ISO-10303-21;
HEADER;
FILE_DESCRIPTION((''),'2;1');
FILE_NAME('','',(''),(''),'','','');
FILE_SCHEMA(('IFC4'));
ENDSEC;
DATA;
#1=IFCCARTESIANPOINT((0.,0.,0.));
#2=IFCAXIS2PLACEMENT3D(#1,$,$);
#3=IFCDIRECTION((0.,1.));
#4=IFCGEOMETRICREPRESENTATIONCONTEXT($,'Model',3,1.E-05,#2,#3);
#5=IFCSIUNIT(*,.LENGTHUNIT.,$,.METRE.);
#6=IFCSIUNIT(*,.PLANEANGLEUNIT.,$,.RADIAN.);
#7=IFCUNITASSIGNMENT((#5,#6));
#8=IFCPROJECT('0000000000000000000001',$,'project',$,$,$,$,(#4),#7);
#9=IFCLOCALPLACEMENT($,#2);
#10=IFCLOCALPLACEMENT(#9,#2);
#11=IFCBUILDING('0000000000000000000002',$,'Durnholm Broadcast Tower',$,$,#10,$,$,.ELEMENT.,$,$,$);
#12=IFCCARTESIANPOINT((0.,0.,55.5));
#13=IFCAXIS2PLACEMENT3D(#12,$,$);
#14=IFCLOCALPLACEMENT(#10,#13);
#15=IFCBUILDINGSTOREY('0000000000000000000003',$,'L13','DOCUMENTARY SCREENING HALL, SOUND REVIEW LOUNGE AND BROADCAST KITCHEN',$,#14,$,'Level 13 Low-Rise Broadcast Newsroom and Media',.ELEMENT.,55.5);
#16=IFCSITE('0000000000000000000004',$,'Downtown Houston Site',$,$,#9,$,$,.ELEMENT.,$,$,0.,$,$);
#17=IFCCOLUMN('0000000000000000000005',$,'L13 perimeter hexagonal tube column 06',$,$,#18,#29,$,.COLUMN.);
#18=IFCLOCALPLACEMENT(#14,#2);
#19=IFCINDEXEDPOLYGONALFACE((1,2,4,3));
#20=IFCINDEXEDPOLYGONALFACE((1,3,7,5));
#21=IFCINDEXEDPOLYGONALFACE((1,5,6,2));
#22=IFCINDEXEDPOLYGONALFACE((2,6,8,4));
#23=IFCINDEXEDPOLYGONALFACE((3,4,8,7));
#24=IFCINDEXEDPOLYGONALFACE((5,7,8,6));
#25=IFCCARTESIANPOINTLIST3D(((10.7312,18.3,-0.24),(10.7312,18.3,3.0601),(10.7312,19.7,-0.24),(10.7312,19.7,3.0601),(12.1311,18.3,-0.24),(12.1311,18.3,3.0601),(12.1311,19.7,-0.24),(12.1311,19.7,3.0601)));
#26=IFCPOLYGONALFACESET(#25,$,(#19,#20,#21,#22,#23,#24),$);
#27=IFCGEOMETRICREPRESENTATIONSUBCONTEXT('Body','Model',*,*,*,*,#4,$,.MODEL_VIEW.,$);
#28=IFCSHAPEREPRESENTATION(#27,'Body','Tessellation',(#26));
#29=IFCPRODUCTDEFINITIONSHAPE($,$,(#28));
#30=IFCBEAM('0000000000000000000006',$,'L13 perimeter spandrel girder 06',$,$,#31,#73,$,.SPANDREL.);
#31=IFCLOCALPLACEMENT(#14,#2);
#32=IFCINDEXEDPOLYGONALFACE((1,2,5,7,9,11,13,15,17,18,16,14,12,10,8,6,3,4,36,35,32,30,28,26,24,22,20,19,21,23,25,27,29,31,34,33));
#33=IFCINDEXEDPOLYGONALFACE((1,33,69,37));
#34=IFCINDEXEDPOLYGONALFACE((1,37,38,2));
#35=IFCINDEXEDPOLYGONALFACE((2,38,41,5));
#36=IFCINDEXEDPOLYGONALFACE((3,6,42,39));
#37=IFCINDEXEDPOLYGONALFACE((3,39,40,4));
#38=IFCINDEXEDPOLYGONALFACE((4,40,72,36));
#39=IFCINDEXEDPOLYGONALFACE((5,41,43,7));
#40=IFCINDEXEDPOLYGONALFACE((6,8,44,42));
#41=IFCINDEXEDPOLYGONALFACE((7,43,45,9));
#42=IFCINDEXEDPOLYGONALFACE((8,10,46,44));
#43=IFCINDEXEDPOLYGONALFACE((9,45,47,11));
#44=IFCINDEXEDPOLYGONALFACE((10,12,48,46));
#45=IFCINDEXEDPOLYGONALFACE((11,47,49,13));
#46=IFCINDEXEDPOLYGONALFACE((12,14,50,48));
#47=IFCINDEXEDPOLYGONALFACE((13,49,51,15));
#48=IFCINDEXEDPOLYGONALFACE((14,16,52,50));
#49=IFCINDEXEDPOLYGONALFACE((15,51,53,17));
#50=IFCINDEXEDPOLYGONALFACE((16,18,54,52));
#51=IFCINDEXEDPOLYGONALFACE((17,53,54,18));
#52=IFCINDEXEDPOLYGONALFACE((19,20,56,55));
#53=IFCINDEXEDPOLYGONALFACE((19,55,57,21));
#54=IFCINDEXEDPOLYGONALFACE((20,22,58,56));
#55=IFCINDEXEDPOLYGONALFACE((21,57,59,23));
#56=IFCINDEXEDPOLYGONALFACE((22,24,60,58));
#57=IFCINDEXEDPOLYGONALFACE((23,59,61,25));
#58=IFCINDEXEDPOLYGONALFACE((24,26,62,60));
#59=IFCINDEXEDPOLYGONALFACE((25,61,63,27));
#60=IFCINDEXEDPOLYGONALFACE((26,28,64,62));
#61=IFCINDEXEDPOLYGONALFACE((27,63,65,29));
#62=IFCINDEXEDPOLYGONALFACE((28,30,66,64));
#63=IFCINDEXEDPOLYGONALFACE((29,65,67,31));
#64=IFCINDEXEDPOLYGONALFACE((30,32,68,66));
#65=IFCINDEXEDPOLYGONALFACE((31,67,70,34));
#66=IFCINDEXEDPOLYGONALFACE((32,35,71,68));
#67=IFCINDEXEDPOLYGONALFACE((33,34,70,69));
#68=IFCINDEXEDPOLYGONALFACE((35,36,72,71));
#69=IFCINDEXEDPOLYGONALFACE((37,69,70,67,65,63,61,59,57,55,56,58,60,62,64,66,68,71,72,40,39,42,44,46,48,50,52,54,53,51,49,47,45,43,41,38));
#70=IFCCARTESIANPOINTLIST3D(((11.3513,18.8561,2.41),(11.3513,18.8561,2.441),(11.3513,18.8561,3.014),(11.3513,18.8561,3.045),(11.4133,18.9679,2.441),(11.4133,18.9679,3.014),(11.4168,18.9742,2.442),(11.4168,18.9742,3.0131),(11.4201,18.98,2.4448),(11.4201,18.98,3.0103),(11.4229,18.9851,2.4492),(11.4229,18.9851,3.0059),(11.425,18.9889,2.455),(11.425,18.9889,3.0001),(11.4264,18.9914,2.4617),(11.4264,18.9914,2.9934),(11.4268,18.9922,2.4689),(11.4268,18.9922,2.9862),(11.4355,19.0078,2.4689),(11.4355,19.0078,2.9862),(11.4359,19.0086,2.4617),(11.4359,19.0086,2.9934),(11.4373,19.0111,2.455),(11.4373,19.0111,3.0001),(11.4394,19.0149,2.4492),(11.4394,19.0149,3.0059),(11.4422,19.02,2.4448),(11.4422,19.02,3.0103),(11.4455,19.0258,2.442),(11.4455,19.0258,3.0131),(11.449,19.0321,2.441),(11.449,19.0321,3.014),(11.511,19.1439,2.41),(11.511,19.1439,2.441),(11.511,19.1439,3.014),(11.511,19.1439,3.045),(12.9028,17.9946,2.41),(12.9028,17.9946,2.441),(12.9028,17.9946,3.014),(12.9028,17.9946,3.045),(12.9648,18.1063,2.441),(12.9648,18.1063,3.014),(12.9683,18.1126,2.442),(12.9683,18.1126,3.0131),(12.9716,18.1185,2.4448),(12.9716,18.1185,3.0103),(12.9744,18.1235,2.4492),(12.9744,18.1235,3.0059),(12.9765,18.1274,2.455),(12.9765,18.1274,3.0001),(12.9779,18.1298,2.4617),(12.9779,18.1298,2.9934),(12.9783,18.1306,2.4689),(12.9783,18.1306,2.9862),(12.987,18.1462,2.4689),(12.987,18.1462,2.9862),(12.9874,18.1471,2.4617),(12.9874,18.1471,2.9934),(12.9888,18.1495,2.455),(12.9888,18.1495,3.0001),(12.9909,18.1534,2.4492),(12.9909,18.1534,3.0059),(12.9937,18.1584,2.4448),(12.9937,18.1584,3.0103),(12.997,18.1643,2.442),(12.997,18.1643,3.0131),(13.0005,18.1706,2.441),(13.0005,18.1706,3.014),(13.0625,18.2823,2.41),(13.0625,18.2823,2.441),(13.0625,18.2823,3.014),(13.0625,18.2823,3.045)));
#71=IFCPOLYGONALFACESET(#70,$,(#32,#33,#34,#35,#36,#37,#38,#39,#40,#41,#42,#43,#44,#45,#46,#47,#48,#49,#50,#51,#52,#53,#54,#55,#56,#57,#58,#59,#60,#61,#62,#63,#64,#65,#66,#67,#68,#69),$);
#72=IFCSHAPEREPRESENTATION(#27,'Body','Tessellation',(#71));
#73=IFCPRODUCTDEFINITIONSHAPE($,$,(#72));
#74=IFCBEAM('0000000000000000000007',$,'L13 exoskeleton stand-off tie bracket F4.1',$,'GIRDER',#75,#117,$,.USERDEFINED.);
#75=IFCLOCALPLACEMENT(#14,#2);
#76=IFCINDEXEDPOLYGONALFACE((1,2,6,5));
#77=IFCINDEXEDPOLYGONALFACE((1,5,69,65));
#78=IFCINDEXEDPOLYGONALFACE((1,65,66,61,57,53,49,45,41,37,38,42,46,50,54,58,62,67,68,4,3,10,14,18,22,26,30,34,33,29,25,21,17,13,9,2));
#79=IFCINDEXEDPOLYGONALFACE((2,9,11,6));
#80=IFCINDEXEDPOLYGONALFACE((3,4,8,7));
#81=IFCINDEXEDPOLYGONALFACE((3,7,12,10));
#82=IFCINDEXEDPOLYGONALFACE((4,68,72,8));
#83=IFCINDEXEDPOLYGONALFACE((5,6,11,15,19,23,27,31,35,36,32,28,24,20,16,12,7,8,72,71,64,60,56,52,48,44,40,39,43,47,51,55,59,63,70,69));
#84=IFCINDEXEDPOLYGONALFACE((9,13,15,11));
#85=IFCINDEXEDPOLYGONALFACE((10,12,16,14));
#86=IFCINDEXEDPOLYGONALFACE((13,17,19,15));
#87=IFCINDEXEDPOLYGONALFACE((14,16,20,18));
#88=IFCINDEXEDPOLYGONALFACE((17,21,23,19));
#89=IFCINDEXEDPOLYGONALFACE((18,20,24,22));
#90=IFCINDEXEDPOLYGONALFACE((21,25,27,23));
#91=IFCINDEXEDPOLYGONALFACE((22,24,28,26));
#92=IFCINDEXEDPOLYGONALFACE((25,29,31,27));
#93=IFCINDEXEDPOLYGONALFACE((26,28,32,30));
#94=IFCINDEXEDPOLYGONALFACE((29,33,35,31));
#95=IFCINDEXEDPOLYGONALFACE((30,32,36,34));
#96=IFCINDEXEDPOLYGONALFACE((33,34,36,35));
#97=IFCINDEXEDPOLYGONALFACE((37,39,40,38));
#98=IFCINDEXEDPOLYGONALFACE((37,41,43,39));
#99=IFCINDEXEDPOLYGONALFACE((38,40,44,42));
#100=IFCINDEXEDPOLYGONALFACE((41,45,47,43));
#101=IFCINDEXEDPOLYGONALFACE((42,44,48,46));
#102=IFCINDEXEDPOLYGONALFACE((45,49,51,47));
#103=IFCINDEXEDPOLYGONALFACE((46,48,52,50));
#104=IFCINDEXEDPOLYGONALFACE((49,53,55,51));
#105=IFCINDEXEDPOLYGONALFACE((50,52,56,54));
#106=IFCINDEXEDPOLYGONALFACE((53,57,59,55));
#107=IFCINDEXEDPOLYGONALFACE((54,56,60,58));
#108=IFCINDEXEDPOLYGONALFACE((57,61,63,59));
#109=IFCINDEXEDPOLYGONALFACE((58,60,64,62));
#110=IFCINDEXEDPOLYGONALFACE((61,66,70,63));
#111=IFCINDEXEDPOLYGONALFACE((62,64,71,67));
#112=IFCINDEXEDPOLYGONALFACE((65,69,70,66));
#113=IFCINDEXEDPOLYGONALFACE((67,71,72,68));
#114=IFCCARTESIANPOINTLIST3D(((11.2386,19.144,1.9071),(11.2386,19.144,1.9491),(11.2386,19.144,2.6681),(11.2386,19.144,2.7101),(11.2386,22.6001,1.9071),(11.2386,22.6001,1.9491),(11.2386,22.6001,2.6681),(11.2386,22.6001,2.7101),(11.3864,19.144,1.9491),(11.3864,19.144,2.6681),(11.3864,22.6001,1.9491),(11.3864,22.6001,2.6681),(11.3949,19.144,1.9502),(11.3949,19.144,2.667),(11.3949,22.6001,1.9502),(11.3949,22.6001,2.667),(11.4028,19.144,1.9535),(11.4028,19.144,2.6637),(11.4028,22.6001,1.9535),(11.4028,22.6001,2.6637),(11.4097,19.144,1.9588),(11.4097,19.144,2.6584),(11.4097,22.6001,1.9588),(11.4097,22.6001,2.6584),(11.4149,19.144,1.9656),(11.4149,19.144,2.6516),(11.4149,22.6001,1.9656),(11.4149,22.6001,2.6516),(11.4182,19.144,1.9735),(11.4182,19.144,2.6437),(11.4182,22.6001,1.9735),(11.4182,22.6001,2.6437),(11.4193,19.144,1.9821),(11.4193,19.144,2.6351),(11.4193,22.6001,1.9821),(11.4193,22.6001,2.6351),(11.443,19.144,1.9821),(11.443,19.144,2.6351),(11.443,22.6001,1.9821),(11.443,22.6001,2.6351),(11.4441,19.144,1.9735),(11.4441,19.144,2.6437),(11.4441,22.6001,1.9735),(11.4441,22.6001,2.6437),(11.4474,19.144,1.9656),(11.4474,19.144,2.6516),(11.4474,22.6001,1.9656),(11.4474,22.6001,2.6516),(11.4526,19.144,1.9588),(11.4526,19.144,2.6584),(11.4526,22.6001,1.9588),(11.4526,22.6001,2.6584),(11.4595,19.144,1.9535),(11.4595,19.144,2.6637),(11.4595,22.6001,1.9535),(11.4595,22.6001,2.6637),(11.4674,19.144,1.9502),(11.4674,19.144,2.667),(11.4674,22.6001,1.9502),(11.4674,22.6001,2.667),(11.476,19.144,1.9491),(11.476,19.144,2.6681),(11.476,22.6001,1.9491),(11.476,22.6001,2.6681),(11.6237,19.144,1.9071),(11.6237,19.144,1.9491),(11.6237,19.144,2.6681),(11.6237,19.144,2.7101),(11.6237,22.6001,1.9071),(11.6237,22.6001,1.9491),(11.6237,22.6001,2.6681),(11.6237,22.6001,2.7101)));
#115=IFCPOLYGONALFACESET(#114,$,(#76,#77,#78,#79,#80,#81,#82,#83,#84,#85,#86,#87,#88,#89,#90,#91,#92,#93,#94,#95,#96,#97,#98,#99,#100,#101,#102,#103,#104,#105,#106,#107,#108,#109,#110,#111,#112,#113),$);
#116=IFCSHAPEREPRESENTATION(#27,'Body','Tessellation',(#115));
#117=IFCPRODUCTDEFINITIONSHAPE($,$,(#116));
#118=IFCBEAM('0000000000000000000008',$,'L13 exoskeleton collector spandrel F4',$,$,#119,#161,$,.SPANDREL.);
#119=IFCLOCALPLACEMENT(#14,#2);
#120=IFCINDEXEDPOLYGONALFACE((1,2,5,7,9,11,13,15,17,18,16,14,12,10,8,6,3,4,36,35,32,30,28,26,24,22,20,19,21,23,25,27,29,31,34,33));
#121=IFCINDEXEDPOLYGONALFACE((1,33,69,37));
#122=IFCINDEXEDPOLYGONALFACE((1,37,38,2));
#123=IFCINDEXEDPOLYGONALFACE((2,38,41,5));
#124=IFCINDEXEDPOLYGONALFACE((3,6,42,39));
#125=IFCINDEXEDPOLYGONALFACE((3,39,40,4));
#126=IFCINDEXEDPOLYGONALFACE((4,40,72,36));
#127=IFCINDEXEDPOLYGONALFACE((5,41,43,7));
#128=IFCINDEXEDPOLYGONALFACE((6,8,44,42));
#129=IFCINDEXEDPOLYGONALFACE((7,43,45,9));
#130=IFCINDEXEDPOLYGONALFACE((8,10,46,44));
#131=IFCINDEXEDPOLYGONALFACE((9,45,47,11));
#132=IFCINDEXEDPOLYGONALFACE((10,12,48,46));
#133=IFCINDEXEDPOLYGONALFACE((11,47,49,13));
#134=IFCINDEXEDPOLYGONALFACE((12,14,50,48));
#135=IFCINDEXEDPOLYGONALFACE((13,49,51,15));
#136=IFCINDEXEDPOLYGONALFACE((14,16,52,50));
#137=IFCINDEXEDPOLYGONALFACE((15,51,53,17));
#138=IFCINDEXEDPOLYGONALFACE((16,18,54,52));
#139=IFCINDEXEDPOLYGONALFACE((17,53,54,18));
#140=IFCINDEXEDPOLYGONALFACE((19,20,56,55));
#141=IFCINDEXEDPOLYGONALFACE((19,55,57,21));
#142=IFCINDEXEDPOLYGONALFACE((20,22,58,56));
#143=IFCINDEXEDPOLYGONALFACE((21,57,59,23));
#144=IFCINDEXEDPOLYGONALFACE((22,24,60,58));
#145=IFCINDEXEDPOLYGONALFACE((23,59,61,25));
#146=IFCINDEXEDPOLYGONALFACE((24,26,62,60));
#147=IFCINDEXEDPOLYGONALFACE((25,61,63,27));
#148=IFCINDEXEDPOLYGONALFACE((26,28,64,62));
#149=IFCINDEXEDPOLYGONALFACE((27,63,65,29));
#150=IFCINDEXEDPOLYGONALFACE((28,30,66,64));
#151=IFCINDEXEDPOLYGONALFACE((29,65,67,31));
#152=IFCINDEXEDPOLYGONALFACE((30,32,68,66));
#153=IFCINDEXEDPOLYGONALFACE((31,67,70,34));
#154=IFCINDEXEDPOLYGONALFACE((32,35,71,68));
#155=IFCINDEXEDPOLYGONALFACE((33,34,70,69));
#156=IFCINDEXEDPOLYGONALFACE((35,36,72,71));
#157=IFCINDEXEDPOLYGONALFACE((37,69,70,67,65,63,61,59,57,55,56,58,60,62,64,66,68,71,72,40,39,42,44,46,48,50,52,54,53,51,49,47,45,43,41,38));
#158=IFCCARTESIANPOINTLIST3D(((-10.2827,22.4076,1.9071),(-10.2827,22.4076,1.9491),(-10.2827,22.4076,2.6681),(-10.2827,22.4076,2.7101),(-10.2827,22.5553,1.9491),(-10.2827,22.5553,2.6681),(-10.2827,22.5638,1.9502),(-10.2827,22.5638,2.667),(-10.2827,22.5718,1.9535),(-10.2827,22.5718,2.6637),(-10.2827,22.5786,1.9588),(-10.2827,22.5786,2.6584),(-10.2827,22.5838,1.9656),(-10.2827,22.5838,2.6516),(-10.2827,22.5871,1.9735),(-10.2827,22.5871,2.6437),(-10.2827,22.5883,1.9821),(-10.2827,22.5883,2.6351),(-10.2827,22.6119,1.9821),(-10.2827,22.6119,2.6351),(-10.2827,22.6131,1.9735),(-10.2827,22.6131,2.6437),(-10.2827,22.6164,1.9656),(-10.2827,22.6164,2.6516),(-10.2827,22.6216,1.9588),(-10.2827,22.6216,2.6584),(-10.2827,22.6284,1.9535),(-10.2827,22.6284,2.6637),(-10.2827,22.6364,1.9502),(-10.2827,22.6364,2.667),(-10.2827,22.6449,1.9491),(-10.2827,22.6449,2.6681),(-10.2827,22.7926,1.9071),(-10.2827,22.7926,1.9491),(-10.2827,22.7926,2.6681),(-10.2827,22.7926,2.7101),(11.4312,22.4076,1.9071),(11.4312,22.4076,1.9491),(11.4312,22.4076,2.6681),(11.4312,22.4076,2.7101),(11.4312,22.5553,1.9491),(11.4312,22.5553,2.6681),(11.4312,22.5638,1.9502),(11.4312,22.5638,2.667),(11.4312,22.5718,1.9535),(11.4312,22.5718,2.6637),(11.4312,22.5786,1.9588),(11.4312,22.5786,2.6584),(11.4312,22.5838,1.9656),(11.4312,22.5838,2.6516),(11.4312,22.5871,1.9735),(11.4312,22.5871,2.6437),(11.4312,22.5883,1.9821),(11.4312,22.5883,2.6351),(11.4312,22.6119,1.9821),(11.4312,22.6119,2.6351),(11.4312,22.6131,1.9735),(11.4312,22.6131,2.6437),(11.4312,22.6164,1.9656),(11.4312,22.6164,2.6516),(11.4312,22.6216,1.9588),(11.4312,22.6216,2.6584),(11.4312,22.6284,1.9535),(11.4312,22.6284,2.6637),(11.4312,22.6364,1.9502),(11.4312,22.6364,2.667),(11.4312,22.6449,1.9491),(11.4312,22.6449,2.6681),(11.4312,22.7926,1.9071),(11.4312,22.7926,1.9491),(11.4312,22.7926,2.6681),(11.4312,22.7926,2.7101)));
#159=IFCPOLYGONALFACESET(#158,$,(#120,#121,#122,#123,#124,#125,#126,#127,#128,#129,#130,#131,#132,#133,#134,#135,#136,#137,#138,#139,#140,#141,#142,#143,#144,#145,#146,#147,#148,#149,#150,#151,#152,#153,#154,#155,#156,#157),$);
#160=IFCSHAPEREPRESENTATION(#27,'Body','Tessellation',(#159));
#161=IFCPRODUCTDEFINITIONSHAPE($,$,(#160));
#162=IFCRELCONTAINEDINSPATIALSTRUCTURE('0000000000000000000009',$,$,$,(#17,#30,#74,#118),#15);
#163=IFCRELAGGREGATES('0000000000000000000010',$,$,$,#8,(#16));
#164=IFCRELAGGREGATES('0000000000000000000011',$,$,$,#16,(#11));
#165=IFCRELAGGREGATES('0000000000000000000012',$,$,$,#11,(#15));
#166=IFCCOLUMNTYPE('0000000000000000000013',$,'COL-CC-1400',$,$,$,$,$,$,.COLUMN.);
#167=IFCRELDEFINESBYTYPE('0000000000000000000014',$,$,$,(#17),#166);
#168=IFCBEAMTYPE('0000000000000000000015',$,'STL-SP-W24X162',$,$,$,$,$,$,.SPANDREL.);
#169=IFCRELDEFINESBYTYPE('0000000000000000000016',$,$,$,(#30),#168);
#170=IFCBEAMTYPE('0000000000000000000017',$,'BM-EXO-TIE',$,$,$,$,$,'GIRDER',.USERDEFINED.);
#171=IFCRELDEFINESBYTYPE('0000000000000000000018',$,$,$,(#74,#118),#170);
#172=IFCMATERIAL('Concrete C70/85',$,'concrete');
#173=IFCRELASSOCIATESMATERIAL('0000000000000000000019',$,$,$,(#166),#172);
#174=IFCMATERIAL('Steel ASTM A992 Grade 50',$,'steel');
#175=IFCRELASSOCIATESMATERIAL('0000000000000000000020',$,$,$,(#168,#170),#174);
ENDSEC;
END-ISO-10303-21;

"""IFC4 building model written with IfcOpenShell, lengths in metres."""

from ifc_helpers import new_model, si_unit, direction, frame, origin, origin_2d, place, context, subcontext, project, spatial, rectangle, i_section, extrude, source, transform, mapped, material, material_profile, profile_set, type_object, type_shapes, element, save


model = new_model("IFC4")

# Units and contexts
model_context = context("Model", 3, precision=1e-05, world=origin(), true_north=direction((0.0, 1.0)))
body_context = subcontext(model_context, "Body", "Model", "MODEL_VIEW")
ifc_project = project(units=[si_unit("LENGTHUNIT", "METRE"), si_unit("PLANEANGLEUNIT", "RADIAN")], contexts=[model_context])

# Site, building, storey
site_placement = place(None, origin())
site = spatial("IfcSite", under=ifc_project, at=site_placement, Name="Downtown Houston Site", CompositionType="ELEMENT", RefElevation=0.0)
building_placement = place(site_placement, origin())
building = spatial("IfcBuilding", under=site, at=building_placement, Name="Durnholm Broadcast Tower", CompositionType="ELEMENT")
storey_placement = place(building_placement, frame((0.0, 0.0, 55.5)))
storey = spatial("IfcBuildingStorey", under=building, at=storey_placement, Name="L13", Description="DOCUMENTARY SCREENING HALL, SOUND REVIEW LOUNGE AND BROADCAST KITCHEN", LongName="Level 13 Low-Rise Broadcast Newsroom and Media", CompositionType="ELEMENT", Elevation=55.5)

# Column
ifc_material_1 = material(Name="Concrete C70/85", Category="concrete")
ifc_material_profile_1 = material_profile(ifc_material_1, rectangle(XDim=1.3999, YDim=1.3999, at=origin_2d()), Name="RC1400X1400")
ifc_profile_set_1 = profile_set([ifc_material_profile_1], Name="Concrete C70/85")
column_type = type_object("IfcColumnType", Name="COL-CC-1400", PredefinedType="COLUMN", material=ifc_profile_set_1)
shared_shape_1 = source(origin(), body_context, "Body", "SweptSolid", [
    extrude(rectangle(XDim=1.3999, YDim=1.3999, at=origin_2d()), origin(), (0.0, 0.0, 1.0), 3.3),
])
type_shapes(column_type, [shared_shape_1])
column_placement = place(storey_placement, frame((11.4312, 19.0, -0.24), z_axis=(0.0, 0.0, 1.0), x_axis=(1.0, 0.0, 0.0)))
element("IfcColumn", 1, at=column_placement, inside=storey, type_object=column_type, Name="L13 perimeter hexagonal tube column 06", PredefinedType="COLUMN", context=body_context, shape_type="MappedRepresentation", body=[
    mapped(shared_shape_1, transform((0.0, 0.0, 0.0), x_axis=(1.0, 0.0, 0.0), y_axis=(0.0, 1.0, 0.0), z_axis=(0.0, 0.0, 1.0), scale=1.0)),
])

# Beams
ifc_material_2 = material(Name="Steel ASTM A992 Grade 50", Category="steel")
ifc_material_profile_2 = material_profile(ifc_material_2, i_section(OverallWidth=0.3291, OverallDepth=0.635, WebThickness=0.0178, FlangeThickness=0.031, FilletRadius=0.0278, at=origin_2d()), Name="W24X162")
ifc_profile_set_2 = profile_set([ifc_material_profile_2], Name="Steel ASTM A992 Grade 50")
beam_type_1 = type_object("IfcBeamType", Name="STL-SP-W24X162", PredefinedType="SPANDREL", material=ifc_profile_set_2)
shared_shape_2 = source(origin(), body_context, "Body", "SweptSolid", [
    extrude(i_section(OverallWidth=0.3291, OverallDepth=0.635, WebThickness=0.0178, FlangeThickness=0.031, FilletRadius=0.0278, at=origin_2d()), origin(), (0.0, 0.0, 1.0), 1.7747),
])
type_shapes(beam_type_1, [shared_shape_2])
beam_1_placement = place(storey_placement, frame((11.4312, 19.0, 2.7275), z_axis=(0.874248, -0.485479, 0.0), x_axis=(0.485479, 0.874248, 0.0)))
element("IfcBeam", 2, at=beam_1_placement, inside=storey, type_object=beam_type_1, Name="L13 perimeter spandrel girder 06", PredefinedType="SPANDREL", context=body_context, shape_type="MappedRepresentation", body=[
    mapped(shared_shape_2, transform((0.0, 0.0, 0.0), x_axis=(1.0, 0.0, 0.0), y_axis=(0.0, 1.0, 0.0), z_axis=(0.0, 0.0, 1.0), scale=1.0)),
])
ifc_material_profile_3 = material_profile(ifc_material_2, i_section(OverallWidth=0.385, OverallDepth=0.803, WebThickness=0.0237, FlangeThickness=0.042, FilletRadius=0.033, at=origin_2d()), Name="W30X261")
ifc_profile_set_3 = profile_set([ifc_material_profile_3], Name="Steel ASTM A992 Grade 50")
beam_type_2 = type_object("IfcBeamType", Name="BM-EXO-TIE", ElementType="GIRDER", PredefinedType="USERDEFINED", material=ifc_profile_set_3)
shared_shape_3 = source(origin(), body_context, "Body", "SweptSolid", [
    extrude(i_section(OverallWidth=0.385, OverallDepth=0.803, WebThickness=0.0237, FlangeThickness=0.042, FilletRadius=0.033, at=origin_2d()), origin(), (0.0, 0.0, 1.0), 3.4561),
])
beam_2_placement = place(storey_placement, frame((11.4312, 19.144, 2.3086), z_axis=(0.0, 1.0, 0.0), x_axis=(-1.0, 0.0, 0.0)))
element("IfcBeam", 3, at=beam_2_placement, inside=storey, type_object=beam_type_2, Name="L13 exoskeleton stand-off tie bracket F4.1", ObjectType="GIRDER", PredefinedType="USERDEFINED", context=body_context, shape_type="MappedRepresentation", body=[
    mapped(shared_shape_3, transform((0.0, 0.0, 0.0), x_axis=(1.0, 0.0, 0.0), y_axis=(0.0, 1.0, 0.0), z_axis=(0.0, 0.0, 1.0), scale=1.0)),
])
shared_shape_4 = source(origin(), body_context, "Body", "SweptSolid", [
    extrude(i_section(OverallWidth=0.385, OverallDepth=0.803, WebThickness=0.0237, FlangeThickness=0.042, FilletRadius=0.033, at=origin_2d()), origin(), (0.0, 0.0, 1.0), 21.7139),
])
type_shapes(beam_type_2, [shared_shape_3, shared_shape_4])
beam_3_placement = place(storey_placement, frame((11.4312, 22.6001, 2.3086), z_axis=(-1.0, 0.0, 0.0), x_axis=(0.0, -1.0, 0.0)))
element("IfcBeam", 4, at=beam_3_placement, inside=storey, type_object=beam_type_2, Name="L13 exoskeleton collector spandrel F4", PredefinedType="SPANDREL", context=body_context, shape_type="MappedRepresentation", body=[
    mapped(shared_shape_4, transform((0.0, 0.0, 0.0), x_axis=(1.0, 0.0, 0.0), y_axis=(0.0, 1.0, 0.0), z_axis=(0.0, 0.0, 1.0), scale=1.0)),
])

save(model, "model.ifc")
